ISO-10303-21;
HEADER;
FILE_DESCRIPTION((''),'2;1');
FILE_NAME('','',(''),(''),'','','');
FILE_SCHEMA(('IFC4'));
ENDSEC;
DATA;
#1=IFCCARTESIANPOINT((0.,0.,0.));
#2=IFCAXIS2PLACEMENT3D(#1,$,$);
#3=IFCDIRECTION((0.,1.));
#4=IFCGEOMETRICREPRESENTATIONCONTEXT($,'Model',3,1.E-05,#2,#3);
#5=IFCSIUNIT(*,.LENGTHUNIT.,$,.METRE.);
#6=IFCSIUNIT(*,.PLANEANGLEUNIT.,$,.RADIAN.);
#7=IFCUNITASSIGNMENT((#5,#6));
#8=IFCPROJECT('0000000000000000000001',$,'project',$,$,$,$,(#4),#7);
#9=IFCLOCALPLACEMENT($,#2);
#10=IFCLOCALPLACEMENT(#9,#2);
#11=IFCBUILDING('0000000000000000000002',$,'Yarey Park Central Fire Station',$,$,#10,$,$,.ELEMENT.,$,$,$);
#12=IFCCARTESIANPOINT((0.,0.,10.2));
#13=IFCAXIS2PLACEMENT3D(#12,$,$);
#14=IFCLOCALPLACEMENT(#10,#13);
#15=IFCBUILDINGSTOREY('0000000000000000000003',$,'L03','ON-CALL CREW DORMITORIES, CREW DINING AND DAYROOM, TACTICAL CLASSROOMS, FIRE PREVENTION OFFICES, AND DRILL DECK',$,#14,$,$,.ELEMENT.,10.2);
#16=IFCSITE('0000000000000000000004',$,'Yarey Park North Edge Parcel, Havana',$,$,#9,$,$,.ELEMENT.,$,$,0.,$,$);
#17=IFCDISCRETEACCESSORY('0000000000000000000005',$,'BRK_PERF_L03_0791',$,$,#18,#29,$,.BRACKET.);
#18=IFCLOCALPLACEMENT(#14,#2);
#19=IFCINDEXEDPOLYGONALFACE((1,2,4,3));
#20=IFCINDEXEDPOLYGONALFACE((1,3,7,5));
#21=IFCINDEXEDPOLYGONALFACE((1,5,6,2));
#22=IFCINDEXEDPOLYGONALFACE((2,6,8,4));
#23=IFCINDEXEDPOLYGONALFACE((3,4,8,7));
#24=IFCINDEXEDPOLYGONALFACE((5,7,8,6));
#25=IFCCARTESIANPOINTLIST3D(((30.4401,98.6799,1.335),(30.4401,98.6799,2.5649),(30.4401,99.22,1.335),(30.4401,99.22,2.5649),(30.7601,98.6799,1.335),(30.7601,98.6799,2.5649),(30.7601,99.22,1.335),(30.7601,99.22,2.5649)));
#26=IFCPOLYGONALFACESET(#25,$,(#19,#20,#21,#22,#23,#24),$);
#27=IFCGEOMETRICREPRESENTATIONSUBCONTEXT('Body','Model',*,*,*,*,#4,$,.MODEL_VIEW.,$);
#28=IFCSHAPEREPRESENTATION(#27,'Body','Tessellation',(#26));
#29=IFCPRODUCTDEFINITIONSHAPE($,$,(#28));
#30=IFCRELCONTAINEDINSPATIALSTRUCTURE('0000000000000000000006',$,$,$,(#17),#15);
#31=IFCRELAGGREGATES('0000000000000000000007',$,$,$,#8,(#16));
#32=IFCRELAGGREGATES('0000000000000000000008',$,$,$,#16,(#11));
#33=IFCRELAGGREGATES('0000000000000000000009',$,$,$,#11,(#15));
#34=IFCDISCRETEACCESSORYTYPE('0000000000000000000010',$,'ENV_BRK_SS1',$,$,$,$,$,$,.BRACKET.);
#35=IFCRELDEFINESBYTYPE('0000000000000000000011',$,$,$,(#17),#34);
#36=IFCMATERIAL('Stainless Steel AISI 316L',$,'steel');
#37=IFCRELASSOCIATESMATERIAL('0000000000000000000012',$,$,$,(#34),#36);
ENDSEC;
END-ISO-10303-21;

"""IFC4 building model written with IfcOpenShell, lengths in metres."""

from ifc_helpers import new_model, si_unit, direction, frame, origin, origin_2d, place, context, subcontext, project, spatial, rectangle, extrude, material, type_object, element, save


model = new_model("IFC4")

# Units and contexts
model_context = context("Model", 3, precision=1e-05, world=origin(), true_north=direction((0.0, 1.0)))
body_context = subcontext(model_context, "Body", "Model", "MODEL_VIEW")
ifc_project = project(units=[si_unit("LENGTHUNIT", "METRE"), si_unit("PLANEANGLEUNIT", "RADIAN")], contexts=[model_context])

# Site, building, storey
site_placement = place(None, origin())
site = spatial("IfcSite", under=ifc_project, at=site_placement, Name="Yarey Park North Edge Parcel, Havana", CompositionType="ELEMENT", RefElevation=0.0)
building_placement = place(site_placement, origin())
building = spatial("IfcBuilding", under=site, at=building_placement, Name="Yarey Park Central Fire Station", CompositionType="ELEMENT")
storey_placement = place(building_placement, frame((0.0, 0.0, 10.2)))
storey = spatial("IfcBuildingStorey", under=building, at=storey_placement, Name="L03", Description="ON-CALL CREW DORMITORIES, CREW DINING AND DAYROOM, TACTICAL CLASSROOMS, FIRE PREVENTION OFFICES, AND DRILL DECK", CompositionType="ELEMENT", Elevation=10.2)

# Discrete accessory
ifc_material_1 = material(Name="Stainless Steel AISI 316L", Category="steel")
discrete_accessory_type = type_object("IfcDiscreteAccessoryType", Name="ENV_BRK_SS1", PredefinedType="BRACKET", material=ifc_material_1)
discrete_accessory_1_placement = place(storey_placement, frame((30.6001, 98.95, 1.335), z_axis=(0.0, 0.0, 1.0), x_axis=(1.0, 0.0, 0.0)))
element("IfcDiscreteAccessory", 1, at=discrete_accessory_1_placement, inside=storey, type_object=discrete_accessory_type, Name="BRK_PERF_L03_0791", PredefinedType="BRACKET", context=body_context, shape_type="SweptSolid", body=[
    extrude(rectangle(XDim=0.3201, YDim=0.54, at=origin_2d()), origin(), (0.0, 0.0, 1.0), 1.23),
])

save(model, "model.ifc")
